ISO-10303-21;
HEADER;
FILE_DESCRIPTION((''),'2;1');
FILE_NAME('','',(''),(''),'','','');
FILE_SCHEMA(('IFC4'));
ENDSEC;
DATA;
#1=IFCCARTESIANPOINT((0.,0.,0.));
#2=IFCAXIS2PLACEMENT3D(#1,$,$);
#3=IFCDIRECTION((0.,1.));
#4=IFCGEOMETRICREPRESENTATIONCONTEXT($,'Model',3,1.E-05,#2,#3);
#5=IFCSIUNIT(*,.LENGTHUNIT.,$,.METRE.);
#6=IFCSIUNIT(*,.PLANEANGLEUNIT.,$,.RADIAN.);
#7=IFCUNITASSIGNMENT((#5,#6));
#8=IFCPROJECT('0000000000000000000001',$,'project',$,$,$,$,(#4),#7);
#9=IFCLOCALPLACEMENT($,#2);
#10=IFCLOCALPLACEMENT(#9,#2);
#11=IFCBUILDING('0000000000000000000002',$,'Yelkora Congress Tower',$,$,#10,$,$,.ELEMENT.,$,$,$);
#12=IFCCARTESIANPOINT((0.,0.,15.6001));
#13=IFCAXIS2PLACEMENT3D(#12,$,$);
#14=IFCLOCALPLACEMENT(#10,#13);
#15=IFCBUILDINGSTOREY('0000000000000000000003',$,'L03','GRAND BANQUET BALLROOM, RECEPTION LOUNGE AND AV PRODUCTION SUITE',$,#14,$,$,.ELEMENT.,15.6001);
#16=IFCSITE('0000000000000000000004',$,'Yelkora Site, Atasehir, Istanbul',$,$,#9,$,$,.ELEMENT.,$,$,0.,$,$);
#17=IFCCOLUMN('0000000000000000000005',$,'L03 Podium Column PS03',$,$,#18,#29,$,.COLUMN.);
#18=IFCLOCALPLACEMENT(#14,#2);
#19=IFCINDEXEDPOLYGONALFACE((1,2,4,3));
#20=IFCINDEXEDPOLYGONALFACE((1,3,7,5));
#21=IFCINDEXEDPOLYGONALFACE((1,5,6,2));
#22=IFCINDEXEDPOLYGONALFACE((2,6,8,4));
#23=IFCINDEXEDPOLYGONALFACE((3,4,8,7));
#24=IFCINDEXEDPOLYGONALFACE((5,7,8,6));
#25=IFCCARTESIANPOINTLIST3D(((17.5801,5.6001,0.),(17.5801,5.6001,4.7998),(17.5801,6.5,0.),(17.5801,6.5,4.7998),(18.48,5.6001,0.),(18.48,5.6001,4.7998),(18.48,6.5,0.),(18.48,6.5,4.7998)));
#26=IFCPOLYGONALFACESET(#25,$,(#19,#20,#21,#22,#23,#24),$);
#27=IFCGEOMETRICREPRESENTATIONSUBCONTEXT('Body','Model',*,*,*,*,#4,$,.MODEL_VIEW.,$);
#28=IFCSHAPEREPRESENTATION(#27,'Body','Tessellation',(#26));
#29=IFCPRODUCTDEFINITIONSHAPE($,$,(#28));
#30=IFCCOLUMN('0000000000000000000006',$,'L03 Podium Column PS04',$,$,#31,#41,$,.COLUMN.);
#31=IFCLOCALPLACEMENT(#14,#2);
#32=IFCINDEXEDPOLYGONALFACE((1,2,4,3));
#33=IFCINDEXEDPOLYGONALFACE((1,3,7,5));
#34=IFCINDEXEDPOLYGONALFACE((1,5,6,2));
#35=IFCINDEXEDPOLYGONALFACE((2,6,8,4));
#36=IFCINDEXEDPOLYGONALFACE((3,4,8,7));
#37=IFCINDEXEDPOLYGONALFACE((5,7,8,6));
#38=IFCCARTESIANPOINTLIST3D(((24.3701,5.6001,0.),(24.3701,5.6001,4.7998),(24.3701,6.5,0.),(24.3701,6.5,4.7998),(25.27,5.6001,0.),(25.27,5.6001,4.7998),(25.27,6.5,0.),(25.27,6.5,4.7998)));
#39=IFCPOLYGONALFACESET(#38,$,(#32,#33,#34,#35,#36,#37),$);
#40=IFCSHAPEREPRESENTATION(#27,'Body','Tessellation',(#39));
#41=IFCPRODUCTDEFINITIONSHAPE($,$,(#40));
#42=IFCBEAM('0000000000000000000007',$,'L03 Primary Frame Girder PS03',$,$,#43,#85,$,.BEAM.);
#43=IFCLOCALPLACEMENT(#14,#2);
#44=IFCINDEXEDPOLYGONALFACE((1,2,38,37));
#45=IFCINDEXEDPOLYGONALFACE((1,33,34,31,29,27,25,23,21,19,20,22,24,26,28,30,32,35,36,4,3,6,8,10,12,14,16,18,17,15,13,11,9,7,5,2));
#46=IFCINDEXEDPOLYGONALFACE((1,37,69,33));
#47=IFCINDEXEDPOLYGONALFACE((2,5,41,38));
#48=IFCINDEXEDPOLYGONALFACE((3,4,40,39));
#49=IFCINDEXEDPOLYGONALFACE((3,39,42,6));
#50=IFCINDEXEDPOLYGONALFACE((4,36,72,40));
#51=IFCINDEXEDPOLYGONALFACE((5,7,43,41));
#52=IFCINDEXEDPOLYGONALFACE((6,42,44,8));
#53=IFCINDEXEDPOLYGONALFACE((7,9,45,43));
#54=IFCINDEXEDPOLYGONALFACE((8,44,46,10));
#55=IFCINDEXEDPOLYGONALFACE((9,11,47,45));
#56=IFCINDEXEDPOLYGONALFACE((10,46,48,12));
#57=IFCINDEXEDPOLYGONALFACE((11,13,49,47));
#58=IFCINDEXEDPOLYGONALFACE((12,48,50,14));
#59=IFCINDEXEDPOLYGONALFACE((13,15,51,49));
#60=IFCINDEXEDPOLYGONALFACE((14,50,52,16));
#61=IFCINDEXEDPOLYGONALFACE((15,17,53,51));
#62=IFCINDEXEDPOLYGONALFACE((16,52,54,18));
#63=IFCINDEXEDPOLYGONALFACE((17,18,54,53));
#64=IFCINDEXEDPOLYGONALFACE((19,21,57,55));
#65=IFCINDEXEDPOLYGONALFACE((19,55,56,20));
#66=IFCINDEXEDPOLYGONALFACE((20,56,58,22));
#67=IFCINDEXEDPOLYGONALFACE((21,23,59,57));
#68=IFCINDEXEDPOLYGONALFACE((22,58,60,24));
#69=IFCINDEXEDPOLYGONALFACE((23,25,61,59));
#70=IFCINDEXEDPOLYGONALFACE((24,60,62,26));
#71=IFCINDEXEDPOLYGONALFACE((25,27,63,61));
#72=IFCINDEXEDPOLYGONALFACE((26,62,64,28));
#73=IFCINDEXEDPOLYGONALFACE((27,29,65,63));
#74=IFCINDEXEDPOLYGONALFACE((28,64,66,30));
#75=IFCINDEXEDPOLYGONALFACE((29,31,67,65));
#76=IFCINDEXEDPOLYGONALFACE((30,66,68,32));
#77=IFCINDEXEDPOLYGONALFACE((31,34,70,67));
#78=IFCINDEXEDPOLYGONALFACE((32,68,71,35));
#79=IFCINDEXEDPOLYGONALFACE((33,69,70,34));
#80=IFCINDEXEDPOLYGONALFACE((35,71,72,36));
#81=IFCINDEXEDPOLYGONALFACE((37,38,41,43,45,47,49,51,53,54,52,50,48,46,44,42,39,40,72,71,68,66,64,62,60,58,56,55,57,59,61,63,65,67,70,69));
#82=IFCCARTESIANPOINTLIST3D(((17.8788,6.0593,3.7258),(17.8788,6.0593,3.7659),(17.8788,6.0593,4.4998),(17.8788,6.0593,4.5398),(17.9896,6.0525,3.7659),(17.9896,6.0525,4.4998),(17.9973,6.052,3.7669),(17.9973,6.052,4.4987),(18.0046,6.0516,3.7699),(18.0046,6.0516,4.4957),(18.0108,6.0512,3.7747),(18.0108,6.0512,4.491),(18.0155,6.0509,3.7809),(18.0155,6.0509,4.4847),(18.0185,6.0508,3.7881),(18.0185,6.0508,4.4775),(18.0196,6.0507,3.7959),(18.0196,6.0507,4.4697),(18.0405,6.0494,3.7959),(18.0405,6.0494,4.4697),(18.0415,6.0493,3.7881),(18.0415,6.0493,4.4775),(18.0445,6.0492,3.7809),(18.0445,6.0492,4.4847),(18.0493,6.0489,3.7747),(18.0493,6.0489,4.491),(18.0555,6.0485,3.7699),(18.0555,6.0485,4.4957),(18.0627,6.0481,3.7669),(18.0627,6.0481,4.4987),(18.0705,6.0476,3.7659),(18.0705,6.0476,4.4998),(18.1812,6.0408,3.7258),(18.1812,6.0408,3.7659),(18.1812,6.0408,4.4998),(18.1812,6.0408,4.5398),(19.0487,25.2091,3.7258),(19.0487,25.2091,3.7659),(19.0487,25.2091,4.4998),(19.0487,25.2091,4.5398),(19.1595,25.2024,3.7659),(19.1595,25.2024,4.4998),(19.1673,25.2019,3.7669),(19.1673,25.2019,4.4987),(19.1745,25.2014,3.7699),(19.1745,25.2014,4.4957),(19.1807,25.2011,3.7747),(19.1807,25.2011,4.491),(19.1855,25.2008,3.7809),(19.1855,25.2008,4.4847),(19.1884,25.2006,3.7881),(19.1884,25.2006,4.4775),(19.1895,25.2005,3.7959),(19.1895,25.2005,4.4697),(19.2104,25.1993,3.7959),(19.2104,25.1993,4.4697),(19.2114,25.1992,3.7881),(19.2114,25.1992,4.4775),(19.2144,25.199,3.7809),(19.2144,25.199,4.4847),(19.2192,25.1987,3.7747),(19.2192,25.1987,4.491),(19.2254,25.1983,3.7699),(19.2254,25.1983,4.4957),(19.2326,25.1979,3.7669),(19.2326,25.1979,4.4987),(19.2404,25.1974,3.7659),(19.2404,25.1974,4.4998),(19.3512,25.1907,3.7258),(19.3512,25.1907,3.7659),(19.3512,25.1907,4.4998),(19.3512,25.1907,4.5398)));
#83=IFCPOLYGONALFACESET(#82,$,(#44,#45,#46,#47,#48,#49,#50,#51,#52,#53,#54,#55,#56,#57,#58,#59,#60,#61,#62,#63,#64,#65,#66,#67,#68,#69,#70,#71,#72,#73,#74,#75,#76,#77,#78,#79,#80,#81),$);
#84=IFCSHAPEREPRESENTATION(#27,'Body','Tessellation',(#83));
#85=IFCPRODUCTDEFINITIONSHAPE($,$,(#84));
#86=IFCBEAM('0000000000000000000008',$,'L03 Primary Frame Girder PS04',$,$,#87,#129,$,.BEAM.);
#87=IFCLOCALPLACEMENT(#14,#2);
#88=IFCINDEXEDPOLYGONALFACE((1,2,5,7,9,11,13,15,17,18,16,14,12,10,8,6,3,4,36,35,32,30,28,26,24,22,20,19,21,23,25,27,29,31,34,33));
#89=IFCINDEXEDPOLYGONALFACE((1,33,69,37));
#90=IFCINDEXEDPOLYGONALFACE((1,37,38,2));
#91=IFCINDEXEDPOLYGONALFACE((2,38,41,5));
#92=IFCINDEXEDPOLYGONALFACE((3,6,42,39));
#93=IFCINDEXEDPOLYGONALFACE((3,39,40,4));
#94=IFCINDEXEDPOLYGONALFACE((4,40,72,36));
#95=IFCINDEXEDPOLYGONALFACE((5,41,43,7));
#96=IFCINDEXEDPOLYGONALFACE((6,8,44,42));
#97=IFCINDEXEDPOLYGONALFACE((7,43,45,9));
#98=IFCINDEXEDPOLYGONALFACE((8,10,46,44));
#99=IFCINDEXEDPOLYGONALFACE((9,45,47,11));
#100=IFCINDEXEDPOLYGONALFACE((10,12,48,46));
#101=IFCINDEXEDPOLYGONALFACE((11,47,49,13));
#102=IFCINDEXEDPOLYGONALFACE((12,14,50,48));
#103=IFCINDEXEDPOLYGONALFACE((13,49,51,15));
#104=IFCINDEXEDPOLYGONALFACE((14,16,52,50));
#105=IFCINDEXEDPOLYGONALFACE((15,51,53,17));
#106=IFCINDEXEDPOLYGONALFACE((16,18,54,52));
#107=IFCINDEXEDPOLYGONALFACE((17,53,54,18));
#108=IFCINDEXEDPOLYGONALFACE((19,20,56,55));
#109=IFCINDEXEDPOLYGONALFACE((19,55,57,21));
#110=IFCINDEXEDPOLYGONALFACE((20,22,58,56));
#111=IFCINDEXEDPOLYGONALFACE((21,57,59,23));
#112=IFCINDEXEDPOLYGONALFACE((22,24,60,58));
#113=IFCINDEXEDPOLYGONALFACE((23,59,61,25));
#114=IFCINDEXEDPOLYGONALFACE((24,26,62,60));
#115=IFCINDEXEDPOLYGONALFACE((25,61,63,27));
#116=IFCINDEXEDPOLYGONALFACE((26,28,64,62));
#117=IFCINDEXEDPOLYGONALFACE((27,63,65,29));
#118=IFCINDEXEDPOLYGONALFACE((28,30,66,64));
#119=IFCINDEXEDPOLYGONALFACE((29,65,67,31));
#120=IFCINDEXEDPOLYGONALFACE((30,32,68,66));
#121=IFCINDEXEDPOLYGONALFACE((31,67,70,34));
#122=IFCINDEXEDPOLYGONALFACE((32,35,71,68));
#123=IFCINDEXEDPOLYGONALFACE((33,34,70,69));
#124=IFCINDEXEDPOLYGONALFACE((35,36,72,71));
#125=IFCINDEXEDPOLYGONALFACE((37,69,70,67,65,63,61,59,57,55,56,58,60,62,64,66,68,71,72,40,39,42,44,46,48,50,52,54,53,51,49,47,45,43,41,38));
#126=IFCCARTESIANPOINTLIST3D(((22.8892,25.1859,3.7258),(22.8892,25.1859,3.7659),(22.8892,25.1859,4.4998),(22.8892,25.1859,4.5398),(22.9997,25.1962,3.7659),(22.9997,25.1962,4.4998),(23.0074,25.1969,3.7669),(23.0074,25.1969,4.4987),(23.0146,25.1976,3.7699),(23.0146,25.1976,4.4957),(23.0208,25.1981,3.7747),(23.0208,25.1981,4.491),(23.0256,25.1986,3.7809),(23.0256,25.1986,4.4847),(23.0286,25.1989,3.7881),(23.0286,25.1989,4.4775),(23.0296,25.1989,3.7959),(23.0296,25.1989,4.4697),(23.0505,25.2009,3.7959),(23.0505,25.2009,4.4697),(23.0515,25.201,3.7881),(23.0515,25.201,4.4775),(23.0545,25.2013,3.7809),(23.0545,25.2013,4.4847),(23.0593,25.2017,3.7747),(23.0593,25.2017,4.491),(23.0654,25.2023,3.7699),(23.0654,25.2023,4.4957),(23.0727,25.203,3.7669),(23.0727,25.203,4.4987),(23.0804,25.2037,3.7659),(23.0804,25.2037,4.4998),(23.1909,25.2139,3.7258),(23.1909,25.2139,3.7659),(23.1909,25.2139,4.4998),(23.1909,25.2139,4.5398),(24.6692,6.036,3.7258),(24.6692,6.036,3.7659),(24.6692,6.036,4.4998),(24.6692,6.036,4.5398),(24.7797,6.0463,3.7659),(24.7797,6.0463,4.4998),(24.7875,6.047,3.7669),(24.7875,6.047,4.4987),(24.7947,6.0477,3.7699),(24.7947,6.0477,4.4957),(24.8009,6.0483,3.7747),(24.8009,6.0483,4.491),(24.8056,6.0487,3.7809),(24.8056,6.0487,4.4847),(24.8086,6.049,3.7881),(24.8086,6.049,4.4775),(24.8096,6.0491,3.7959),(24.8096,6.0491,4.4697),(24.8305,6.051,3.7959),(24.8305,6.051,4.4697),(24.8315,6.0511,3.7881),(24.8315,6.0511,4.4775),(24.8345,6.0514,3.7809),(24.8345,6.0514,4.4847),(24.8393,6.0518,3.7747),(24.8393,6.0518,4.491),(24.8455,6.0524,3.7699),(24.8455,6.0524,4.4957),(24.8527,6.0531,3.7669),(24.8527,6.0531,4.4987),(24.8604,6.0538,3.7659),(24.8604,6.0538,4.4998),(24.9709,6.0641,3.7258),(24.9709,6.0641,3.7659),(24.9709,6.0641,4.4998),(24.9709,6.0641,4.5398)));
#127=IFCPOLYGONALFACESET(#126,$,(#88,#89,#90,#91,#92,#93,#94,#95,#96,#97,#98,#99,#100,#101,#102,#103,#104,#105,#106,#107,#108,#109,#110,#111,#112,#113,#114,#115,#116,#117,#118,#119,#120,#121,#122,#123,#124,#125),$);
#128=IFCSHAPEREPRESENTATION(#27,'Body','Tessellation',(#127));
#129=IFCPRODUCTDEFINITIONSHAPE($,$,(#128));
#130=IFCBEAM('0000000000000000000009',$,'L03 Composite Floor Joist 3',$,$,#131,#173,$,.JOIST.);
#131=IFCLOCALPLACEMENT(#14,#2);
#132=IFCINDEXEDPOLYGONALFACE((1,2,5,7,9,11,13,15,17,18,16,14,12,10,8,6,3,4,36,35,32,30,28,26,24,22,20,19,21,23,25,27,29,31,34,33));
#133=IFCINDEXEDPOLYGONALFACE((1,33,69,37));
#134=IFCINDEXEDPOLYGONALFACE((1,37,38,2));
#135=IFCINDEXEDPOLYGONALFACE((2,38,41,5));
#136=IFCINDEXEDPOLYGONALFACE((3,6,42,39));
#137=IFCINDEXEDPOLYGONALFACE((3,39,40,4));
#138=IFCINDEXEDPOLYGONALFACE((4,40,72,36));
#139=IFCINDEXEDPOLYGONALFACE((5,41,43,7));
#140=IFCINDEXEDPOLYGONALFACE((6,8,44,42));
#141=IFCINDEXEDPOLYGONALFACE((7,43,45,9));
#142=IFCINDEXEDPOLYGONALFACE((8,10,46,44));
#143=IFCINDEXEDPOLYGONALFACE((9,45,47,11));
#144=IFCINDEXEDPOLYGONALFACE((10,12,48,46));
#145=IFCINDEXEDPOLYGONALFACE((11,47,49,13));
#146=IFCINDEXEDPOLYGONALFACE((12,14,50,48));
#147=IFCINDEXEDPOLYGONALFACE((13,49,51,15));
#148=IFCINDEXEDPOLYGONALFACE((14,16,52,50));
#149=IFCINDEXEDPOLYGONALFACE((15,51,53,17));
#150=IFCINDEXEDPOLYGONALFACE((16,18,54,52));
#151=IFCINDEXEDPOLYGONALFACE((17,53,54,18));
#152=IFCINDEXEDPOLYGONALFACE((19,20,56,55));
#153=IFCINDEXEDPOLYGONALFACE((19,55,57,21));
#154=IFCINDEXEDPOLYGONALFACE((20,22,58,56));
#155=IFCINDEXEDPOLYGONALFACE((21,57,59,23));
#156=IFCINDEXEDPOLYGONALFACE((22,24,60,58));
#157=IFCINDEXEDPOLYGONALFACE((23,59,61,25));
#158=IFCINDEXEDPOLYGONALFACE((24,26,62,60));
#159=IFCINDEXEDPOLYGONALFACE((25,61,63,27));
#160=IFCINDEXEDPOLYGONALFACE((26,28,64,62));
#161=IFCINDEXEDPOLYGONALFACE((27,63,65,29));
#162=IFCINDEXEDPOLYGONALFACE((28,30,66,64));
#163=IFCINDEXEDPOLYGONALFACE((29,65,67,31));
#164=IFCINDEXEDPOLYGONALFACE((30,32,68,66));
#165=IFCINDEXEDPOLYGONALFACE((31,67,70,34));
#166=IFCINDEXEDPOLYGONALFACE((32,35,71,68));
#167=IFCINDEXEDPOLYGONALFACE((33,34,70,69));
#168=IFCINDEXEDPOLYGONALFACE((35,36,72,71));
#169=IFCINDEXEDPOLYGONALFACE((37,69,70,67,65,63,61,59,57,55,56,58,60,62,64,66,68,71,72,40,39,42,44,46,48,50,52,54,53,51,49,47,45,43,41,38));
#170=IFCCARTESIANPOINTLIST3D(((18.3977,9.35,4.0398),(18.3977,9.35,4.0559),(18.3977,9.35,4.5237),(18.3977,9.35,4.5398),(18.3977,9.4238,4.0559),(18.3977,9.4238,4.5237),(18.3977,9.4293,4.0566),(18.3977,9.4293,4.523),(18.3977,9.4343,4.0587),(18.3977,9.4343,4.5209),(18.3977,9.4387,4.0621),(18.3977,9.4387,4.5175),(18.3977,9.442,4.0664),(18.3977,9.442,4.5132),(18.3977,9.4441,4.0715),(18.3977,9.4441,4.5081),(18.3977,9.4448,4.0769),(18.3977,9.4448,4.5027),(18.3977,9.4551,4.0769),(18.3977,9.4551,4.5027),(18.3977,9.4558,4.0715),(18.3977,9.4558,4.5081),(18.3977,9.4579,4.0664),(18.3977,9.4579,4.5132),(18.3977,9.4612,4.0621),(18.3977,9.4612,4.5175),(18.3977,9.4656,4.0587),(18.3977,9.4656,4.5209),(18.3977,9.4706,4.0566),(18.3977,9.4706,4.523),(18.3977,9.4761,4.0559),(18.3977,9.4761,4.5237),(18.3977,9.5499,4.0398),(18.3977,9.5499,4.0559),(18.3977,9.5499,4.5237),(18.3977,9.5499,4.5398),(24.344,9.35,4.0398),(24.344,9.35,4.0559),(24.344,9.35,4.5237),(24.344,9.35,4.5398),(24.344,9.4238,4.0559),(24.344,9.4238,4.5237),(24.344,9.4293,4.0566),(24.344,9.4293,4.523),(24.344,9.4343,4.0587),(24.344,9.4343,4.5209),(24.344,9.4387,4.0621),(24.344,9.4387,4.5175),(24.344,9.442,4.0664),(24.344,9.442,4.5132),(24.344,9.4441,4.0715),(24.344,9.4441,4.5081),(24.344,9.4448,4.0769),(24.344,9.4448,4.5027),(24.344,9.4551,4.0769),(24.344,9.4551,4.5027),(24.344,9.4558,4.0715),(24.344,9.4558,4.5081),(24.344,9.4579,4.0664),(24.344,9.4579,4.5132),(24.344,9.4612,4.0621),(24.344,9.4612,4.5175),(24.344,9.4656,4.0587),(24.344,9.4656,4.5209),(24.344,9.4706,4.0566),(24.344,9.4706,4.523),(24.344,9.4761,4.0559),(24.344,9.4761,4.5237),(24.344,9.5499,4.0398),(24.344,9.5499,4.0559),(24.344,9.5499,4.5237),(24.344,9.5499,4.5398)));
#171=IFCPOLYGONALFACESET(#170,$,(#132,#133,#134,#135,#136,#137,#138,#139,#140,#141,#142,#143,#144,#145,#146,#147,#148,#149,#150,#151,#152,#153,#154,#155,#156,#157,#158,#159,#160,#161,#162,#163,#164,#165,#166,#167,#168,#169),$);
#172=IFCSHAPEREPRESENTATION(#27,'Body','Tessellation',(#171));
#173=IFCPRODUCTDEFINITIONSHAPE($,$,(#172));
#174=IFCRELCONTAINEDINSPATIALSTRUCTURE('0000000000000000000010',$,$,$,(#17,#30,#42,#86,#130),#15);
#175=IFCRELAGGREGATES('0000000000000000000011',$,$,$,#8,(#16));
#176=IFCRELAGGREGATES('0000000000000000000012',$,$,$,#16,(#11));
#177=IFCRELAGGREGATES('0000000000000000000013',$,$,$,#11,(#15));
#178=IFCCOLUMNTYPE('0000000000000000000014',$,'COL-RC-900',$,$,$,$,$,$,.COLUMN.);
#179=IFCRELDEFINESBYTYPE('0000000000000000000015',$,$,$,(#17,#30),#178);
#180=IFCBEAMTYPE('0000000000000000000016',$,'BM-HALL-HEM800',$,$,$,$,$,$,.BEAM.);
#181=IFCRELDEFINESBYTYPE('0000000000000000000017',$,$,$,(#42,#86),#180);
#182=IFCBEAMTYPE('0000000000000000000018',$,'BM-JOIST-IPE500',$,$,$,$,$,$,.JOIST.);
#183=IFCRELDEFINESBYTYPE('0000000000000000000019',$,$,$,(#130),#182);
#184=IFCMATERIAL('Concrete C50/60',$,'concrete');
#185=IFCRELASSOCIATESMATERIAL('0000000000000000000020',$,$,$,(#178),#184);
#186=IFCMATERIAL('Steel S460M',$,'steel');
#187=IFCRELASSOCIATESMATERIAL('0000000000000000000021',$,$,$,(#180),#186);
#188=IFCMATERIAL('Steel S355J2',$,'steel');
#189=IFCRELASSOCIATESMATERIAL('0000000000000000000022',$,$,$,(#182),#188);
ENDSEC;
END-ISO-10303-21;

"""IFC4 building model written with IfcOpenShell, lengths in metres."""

from ifc_helpers import new_model, si_unit, direction, frame, origin, origin_2d, place, context, subcontext, project, spatial, rectangle, i_section, extrude, material, material_profile, profile_set, type_object, element, save


model = new_model("IFC4")

# Units and contexts
model_context = context("Model", 3, precision=1e-05, world=origin(), true_north=direction((0.0, 1.0)))
body_context = subcontext(model_context, "Body", "Model", "MODEL_VIEW")
ifc_project = project(units=[si_unit("LENGTHUNIT", "METRE"), si_unit("PLANEANGLEUNIT", "RADIAN")], contexts=[model_context])

# Site, building, storey
site_placement = place(None, origin())
site = spatial("IfcSite", under=ifc_project, at=site_placement, Name="Yelkora Site, Atasehir, Istanbul", CompositionType="ELEMENT", RefElevation=0.0)
building_placement = place(site_placement, origin())
building = spatial("IfcBuilding", under=site, at=building_placement, Name="Yelkora Congress Tower", CompositionType="ELEMENT")
storey_placement = place(building_placement, frame((0.0, 0.0, 15.6001)))
storey = spatial("IfcBuildingStorey", under=building, at=storey_placement, Name="L03", Description="GRAND BANQUET BALLROOM, RECEPTION LOUNGE AND AV PRODUCTION SUITE", CompositionType="ELEMENT", Elevation=15.6001)

# Columns
ifc_material_1 = material(Name="Concrete C50/60", Category="concrete")
ifc_material_profile_1 = material_profile(ifc_material_1, rectangle(XDim=0.8999, YDim=0.8999, at=origin_2d()), Name="RC 900x900")
ifc_profile_set_1 = profile_set([ifc_material_profile_1], Name="Concrete C50/60")
column_type = type_object("IfcColumnType", Name="COL-RC-900", PredefinedType="COLUMN", material=ifc_profile_set_1)
for number, where, z_axis, x_axis, name in (
    (1, (18.03, 6.05, 0.0), (0.0, 0.0, 1.0), (1.0, 0.0, 0.0), "L03 Podium Column PS03"),
    (2, (24.8201, 6.05, 0.0), (0.0, 0.0, 1.0), (1.0, 0.0, 0.0), "L03 Podium Column PS04"),
):
    element("IfcColumn", number, at=place(storey_placement, frame(where, z_axis=z_axis, x_axis=x_axis)), inside=storey, type_object=column_type, Name=name, PredefinedType="COLUMN", context=body_context, shape_type="SweptSolid", body=[
        extrude(rectangle(XDim=0.8999, YDim=0.8999, at=origin_2d()), origin(), (0.0, 0.0, 1.0), 4.7998),
    ])

# Beams
ifc_material_2 = material(Name="Steel S460M", Category="steel")
ifc_material_profile_2 = material_profile(ifc_material_2, i_section(OverallWidth=0.303, OverallDepth=0.814, WebThickness=0.021, FlangeThickness=0.04, FilletRadius=0.03, at=origin_2d()), Name="HEM 800")
ifc_profile_set_2 = profile_set([ifc_material_profile_2], Name="Steel S460M")
beam_type_1 = type_object("IfcBeamType", Name="BM-HALL-HEM800", PredefinedType="BEAM", material=ifc_profile_set_2)
beam_1_placement = place(storey_placement, frame((18.03, 6.05, 4.1328), z_axis=(0.060979, 0.998139, 0.0), x_axis=(-0.998139, 0.060979, 0.0)))
element("IfcBeam", 3, at=beam_1_placement, inside=storey, type_object=beam_type_1, Name="L03 Primary Frame Girder PS03", PredefinedType="BEAM", context=body_context, shape_type="SweptSolid", body=[
    extrude(i_section(OverallWidth=0.303, OverallDepth=0.814, WebThickness=0.021, FlangeThickness=0.04, FilletRadius=0.03, at=origin_2d()), origin(), (0.0, 0.0, 1.0), 19.1855),
])
beam_2_placement = place(storey_placement, frame((24.8201, 6.05, 4.1328), z_axis=(-0.092553, 0.995708, 0.0), x_axis=(-0.995708, -0.092553, 0.0)))
element("IfcBeam", 4, at=beam_2_placement, inside=storey, type_object=beam_type_1, Name="L03 Primary Frame Girder PS04", PredefinedType="BEAM", context=body_context, shape_type="SweptSolid", body=[
    extrude(i_section(OverallWidth=0.303, OverallDepth=0.814, WebThickness=0.021, FlangeThickness=0.04, FilletRadius=0.03, at=origin_2d()), origin(), (0.0, 0.0, 1.0), 19.2324),
])
ifc_material_3 = material(Name="Steel S355J2", Category="steel")
ifc_material_profile_3 = material_profile(ifc_material_3, i_section(OverallWidth=0.2, OverallDepth=0.5, WebThickness=0.0103, FlangeThickness=0.0161, FilletRadius=0.021, at=origin_2d()), Name="IPE 500")
ifc_profile_set_3 = profile_set([ifc_material_profile_3], Name="Steel S355J2")
beam_type_2 = type_object("IfcBeamType", Name="BM-JOIST-IPE500", PredefinedType="JOIST", material=ifc_profile_set_3)
beam_3_placement = place(storey_placement, frame((18.3977, 9.45, 4.2898), z_axis=(1.0, 0.0, 0.0), x_axis=(0.0, 1.0, 0.0)))
element("IfcBeam", 5, at=beam_3_placement, inside=storey, type_object=beam_type_2, Name="L03 Composite Floor Joist 3", PredefinedType="JOIST", context=body_context, shape_type="SweptSolid", body=[
    extrude(i_section(OverallWidth=0.2, OverallDepth=0.5, WebThickness=0.0103, FlangeThickness=0.0161, FilletRadius=0.021, at=origin_2d()), origin(), (0.0, 0.0, 1.0), 5.9463),
])

save(model, "model.ifc")
